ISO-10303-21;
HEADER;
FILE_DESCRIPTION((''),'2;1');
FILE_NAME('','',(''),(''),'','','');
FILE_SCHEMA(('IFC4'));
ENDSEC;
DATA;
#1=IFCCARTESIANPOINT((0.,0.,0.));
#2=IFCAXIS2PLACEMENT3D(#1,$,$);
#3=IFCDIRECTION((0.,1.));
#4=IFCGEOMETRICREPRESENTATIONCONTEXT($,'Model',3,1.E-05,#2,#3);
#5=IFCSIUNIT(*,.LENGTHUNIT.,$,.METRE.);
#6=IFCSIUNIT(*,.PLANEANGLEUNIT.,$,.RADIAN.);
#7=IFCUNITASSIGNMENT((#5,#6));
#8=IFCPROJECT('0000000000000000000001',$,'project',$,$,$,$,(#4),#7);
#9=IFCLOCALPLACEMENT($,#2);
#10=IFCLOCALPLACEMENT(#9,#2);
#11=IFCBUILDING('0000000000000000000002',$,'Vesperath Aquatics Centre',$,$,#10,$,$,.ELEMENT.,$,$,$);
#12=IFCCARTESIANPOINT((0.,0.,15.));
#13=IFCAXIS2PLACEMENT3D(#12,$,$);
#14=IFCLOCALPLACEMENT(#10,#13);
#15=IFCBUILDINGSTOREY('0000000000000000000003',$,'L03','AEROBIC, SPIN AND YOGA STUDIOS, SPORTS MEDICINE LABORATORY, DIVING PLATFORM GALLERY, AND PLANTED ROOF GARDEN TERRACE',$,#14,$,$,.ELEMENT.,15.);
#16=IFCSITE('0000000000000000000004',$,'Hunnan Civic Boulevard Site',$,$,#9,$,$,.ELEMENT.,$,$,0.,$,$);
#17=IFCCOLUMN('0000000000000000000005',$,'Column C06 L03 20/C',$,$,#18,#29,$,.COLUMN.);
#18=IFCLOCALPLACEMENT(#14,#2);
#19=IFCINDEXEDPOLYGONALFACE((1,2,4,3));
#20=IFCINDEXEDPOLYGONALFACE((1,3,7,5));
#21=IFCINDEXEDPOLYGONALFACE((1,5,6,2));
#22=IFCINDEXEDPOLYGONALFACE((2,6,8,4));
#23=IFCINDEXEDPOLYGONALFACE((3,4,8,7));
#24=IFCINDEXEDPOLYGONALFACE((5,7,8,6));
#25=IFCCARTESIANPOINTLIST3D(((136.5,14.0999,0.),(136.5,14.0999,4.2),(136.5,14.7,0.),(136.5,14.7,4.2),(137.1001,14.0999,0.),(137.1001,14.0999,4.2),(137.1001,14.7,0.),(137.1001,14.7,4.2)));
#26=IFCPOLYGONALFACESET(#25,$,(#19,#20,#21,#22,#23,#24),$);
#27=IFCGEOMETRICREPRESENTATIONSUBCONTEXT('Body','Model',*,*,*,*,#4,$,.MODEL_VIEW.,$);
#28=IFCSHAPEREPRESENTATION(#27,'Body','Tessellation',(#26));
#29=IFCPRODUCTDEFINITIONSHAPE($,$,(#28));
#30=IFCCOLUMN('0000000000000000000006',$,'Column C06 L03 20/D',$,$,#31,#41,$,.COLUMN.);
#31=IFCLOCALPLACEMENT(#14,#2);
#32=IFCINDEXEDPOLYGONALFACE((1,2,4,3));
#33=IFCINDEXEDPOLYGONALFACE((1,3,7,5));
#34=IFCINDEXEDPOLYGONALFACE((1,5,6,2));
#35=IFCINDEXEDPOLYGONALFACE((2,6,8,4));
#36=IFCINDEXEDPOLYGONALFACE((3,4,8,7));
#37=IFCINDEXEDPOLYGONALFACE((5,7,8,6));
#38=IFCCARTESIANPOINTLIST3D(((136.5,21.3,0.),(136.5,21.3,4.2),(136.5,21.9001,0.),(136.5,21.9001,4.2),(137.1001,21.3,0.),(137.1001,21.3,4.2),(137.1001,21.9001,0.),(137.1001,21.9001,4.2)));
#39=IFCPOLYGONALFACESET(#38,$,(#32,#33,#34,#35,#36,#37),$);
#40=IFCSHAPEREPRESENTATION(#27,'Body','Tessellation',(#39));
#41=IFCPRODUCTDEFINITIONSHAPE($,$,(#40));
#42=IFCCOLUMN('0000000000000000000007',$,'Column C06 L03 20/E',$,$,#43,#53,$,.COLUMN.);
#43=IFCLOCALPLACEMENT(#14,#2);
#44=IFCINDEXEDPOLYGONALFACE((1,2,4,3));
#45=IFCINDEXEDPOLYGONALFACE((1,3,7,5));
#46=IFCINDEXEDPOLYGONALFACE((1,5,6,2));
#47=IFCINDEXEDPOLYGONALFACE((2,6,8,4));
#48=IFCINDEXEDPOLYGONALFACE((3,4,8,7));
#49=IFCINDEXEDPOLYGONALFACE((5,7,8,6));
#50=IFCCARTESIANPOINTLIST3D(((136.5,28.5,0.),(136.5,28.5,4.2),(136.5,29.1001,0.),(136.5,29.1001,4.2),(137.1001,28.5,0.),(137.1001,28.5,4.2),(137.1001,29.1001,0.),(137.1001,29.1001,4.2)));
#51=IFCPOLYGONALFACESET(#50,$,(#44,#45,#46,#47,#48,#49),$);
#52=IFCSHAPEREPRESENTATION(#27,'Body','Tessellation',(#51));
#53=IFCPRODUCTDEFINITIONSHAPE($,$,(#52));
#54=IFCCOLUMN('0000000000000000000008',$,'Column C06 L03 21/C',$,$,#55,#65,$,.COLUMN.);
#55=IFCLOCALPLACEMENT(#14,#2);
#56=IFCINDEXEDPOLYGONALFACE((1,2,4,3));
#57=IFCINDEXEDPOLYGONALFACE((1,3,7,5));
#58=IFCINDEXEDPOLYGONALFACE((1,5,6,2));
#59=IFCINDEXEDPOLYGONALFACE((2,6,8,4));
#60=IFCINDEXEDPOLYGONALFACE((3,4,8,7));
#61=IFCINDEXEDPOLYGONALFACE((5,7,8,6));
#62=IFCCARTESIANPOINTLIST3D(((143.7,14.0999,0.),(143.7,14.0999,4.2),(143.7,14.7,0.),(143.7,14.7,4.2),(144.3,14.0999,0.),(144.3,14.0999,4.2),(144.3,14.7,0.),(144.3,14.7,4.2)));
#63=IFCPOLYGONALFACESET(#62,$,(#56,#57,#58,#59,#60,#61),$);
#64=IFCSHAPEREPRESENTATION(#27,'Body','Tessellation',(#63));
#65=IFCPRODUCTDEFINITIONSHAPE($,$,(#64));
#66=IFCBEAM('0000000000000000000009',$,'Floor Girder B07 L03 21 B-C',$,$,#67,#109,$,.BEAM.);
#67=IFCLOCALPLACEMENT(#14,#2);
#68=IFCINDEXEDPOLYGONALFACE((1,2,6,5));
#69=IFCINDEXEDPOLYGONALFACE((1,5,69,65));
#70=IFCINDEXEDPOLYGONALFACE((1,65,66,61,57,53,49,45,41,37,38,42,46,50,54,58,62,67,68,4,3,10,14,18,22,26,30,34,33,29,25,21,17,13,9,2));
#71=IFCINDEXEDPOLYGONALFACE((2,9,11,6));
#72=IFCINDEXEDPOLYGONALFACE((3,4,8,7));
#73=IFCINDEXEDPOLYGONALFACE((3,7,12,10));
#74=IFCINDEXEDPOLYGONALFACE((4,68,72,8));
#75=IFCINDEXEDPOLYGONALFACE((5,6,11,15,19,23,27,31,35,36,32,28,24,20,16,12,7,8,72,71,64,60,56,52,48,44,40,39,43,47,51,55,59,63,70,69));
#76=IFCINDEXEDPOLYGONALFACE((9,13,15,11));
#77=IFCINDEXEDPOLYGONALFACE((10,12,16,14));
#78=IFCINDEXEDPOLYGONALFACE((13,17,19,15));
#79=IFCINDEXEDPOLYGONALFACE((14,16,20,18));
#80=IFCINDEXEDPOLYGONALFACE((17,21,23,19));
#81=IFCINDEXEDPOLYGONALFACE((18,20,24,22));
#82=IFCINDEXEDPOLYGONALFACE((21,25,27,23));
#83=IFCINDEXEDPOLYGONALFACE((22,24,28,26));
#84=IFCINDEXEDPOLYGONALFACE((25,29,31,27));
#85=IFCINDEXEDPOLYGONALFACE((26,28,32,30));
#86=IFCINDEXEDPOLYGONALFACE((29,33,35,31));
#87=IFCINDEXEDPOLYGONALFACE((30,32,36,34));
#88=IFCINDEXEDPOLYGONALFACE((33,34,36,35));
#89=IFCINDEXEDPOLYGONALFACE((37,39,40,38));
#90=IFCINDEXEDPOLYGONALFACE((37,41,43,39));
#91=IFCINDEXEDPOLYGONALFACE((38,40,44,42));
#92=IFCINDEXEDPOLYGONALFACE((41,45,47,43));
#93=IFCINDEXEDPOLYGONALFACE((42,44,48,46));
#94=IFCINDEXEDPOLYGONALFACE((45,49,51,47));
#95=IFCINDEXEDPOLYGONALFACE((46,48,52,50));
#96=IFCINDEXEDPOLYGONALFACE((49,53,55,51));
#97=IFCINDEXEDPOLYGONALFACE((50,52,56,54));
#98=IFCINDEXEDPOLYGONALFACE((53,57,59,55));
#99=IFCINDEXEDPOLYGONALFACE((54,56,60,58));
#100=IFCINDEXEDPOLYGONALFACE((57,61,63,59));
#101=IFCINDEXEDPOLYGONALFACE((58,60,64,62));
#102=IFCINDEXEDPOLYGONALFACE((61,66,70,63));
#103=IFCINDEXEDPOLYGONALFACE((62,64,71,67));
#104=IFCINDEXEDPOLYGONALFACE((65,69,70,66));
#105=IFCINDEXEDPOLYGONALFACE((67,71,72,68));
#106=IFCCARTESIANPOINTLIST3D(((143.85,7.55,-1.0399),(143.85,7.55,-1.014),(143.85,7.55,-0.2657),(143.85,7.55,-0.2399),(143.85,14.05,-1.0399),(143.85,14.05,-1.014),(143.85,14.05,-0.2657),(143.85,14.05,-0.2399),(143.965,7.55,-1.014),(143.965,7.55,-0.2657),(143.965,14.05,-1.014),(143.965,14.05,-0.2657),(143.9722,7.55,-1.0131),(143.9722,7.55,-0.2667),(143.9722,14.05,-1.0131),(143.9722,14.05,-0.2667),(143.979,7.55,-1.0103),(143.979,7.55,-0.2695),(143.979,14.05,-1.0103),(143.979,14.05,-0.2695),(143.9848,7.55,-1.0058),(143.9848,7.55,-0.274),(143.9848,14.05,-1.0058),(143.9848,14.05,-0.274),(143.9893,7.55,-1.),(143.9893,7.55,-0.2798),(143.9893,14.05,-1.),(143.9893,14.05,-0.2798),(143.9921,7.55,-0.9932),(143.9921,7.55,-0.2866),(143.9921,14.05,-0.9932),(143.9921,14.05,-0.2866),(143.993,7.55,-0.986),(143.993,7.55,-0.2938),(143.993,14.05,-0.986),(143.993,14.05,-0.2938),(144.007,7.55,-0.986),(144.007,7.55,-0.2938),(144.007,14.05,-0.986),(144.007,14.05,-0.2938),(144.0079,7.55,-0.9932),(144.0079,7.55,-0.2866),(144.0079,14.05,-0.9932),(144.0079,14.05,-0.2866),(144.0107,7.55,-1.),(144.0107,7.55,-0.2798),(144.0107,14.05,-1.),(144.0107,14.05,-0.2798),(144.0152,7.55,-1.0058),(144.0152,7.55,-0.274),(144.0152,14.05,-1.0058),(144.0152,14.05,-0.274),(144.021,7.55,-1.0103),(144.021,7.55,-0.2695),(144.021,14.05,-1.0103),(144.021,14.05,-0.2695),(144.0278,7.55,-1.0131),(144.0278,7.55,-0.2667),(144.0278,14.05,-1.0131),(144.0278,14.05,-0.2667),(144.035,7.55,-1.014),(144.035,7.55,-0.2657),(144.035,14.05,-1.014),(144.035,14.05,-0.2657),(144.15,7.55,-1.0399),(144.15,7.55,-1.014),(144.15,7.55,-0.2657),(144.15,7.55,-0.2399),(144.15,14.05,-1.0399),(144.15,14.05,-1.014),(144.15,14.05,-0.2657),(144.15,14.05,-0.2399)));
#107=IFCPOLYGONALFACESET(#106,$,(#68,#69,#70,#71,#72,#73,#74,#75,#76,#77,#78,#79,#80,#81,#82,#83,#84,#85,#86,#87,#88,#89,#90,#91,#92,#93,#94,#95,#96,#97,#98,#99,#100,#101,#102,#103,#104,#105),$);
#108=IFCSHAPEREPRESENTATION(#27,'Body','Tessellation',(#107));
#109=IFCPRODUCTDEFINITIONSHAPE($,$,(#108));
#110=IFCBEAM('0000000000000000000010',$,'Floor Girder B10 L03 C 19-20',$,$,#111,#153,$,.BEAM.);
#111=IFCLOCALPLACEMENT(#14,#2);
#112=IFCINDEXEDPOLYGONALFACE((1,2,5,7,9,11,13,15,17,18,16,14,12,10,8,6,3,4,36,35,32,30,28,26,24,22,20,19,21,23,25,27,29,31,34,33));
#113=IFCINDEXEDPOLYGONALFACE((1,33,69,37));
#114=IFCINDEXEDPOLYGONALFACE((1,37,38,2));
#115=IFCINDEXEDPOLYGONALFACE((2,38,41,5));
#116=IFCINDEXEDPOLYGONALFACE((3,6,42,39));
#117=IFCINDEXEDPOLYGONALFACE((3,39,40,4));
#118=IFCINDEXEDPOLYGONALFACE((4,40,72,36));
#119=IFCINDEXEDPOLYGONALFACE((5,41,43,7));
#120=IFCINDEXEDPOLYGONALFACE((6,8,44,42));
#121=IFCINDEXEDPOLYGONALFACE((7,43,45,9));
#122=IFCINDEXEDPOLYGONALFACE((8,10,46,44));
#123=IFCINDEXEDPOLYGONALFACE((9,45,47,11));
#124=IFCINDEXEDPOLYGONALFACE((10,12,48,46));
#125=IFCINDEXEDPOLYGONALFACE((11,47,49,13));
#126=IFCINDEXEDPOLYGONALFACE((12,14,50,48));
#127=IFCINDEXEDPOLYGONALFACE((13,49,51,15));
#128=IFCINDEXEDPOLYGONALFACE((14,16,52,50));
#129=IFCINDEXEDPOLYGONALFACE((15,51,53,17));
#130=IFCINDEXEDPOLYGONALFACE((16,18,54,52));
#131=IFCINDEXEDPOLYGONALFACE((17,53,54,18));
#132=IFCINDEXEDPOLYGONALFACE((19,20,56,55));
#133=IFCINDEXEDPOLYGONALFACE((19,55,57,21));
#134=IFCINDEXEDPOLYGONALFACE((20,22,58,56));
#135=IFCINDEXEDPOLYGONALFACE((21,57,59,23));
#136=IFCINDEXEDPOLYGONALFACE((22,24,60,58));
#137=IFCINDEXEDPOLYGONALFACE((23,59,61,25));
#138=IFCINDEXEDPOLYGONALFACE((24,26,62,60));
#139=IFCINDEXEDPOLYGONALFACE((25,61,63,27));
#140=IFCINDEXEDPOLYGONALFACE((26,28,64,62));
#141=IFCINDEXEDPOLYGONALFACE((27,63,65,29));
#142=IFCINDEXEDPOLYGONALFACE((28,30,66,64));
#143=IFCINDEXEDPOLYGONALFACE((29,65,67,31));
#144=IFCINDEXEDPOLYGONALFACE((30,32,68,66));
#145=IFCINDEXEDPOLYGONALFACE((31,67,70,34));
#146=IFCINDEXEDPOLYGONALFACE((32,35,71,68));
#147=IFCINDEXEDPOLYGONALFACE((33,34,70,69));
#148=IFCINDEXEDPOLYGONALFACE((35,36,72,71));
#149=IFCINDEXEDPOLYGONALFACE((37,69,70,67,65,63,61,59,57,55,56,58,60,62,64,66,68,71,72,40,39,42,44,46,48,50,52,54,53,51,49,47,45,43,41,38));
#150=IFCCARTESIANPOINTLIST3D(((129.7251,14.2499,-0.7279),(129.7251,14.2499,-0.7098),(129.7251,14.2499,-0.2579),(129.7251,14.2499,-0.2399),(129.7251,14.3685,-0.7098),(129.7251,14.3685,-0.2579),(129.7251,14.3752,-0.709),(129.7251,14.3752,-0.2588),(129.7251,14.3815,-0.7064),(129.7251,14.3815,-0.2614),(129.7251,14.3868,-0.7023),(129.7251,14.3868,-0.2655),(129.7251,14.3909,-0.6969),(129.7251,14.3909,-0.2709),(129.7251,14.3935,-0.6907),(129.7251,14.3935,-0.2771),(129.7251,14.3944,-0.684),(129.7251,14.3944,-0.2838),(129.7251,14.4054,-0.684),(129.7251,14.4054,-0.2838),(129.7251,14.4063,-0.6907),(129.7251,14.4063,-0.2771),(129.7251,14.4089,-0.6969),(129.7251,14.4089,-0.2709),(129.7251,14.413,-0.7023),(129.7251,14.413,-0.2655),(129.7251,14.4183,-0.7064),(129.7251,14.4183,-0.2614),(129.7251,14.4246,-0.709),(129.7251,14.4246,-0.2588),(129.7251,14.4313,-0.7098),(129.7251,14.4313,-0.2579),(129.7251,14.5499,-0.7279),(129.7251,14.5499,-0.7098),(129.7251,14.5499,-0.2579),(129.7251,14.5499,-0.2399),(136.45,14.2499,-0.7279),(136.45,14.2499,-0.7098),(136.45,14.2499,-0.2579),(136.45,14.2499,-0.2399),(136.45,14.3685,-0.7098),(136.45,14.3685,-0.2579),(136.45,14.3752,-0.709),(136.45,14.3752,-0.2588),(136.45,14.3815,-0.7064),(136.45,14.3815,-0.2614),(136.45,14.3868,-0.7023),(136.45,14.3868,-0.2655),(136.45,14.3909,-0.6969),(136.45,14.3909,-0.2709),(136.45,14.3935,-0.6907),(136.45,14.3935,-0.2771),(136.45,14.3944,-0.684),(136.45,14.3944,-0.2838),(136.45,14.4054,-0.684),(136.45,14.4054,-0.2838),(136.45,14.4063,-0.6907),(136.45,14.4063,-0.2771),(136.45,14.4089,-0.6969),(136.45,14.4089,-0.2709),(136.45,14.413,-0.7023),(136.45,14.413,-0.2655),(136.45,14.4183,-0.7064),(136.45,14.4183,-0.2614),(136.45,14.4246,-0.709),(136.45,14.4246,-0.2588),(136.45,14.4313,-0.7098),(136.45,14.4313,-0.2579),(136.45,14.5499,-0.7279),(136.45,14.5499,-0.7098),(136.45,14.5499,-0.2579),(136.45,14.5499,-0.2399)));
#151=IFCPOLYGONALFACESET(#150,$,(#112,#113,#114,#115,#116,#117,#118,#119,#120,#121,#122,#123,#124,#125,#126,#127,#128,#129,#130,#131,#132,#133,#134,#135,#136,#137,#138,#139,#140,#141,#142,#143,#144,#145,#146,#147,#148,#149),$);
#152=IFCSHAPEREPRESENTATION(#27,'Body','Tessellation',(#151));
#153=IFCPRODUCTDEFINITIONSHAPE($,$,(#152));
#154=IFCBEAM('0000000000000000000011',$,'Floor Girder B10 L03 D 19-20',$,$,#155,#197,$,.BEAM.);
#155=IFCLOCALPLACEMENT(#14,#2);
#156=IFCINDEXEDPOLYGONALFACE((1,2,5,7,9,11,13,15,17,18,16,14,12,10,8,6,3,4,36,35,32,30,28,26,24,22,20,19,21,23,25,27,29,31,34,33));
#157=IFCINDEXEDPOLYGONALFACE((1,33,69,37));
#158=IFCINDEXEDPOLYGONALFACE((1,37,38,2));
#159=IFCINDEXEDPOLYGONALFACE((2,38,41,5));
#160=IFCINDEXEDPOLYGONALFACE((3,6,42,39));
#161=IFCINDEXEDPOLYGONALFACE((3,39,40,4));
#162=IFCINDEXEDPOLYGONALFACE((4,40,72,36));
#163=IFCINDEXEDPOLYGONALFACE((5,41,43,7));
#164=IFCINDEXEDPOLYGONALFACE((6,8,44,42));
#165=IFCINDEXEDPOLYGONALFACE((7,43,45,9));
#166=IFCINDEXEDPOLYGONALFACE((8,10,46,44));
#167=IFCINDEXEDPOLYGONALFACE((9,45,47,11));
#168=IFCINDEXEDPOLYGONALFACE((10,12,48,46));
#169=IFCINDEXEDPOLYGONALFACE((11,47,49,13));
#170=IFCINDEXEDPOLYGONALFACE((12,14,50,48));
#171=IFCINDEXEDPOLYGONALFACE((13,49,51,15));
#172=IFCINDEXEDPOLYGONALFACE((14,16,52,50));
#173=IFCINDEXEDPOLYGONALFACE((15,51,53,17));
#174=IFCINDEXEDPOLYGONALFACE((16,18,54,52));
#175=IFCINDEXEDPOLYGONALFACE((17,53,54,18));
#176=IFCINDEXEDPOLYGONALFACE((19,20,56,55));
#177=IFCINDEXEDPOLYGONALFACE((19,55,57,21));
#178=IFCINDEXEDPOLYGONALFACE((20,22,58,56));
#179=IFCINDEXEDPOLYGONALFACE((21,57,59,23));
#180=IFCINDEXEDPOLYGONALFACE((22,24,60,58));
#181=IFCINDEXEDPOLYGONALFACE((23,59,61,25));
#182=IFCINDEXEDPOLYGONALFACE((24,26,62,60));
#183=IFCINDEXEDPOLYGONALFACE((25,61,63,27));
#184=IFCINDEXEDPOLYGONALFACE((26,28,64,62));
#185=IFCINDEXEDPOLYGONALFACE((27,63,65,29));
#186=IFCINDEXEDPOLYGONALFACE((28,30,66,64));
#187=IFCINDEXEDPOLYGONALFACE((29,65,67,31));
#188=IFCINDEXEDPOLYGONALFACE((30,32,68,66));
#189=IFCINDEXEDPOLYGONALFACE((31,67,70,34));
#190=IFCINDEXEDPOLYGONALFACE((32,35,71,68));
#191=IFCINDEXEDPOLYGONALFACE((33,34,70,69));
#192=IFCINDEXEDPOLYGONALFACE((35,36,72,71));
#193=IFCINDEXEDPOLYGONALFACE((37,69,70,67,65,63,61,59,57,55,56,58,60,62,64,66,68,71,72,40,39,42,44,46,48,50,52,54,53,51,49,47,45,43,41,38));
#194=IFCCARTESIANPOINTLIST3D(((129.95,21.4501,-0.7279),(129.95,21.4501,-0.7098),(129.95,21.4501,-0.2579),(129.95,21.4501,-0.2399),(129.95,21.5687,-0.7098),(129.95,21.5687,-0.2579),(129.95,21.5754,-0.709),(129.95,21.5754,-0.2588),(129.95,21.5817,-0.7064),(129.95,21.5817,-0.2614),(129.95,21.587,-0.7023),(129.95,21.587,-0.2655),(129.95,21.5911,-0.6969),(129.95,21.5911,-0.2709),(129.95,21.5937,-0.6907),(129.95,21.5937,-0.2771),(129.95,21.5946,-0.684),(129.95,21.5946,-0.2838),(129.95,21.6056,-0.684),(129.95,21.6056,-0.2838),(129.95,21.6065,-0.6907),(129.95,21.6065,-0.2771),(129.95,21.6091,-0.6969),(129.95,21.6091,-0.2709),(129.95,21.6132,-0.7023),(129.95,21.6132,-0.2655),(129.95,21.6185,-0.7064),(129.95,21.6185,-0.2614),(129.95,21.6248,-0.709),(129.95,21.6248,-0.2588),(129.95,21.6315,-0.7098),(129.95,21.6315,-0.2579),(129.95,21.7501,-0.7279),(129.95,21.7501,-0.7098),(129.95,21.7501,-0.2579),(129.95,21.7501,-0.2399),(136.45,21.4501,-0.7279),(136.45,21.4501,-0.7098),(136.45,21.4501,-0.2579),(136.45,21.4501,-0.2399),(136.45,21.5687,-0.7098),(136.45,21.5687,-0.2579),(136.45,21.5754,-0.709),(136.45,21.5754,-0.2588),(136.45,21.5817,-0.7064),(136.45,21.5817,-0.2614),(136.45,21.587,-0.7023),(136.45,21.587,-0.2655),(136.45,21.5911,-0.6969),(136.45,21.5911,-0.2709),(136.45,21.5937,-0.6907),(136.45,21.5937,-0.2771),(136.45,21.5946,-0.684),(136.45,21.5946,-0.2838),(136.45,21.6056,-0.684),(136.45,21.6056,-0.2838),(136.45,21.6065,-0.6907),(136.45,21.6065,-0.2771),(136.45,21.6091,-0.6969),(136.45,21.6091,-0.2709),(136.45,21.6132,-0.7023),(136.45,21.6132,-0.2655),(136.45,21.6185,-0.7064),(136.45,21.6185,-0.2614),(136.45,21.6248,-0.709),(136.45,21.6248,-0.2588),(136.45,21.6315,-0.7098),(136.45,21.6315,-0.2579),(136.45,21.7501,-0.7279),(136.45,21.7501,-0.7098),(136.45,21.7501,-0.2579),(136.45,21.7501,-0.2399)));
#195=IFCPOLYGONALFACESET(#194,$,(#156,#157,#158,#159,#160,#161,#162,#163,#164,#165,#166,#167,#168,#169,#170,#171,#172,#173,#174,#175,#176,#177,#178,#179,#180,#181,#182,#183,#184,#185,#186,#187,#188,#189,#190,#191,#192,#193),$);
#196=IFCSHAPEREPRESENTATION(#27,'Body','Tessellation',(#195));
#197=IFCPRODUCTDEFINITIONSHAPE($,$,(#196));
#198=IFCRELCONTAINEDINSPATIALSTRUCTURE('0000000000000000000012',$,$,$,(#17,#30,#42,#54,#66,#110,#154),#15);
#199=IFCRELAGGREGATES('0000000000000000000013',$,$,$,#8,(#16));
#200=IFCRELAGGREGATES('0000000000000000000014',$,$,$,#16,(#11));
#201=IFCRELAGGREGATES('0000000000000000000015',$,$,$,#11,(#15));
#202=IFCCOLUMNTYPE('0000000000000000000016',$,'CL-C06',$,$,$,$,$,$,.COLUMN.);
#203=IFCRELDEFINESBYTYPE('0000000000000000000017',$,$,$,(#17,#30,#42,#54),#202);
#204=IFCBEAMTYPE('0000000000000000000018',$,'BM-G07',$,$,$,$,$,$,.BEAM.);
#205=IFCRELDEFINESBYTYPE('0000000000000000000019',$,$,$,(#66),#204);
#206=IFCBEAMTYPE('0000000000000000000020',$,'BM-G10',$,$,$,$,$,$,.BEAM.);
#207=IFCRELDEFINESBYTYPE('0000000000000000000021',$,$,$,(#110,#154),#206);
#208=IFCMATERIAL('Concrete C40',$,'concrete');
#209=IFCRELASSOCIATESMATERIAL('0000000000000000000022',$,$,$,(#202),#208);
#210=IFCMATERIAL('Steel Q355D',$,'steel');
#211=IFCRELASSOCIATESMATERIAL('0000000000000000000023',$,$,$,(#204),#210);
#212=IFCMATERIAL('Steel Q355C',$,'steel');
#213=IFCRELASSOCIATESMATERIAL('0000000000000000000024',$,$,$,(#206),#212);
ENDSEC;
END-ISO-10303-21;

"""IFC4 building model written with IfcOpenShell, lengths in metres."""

from ifc_helpers import new_model, si_unit, direction, frame, origin, origin_2d, place, context, subcontext, project, spatial, rectangle, i_section, extrude, material, material_profile, profile_set, type_object, element, save


model = new_model("IFC4")

# Units and contexts
model_context = context("Model", 3, precision=1e-05, world=origin(), true_north=direction((0.0, 1.0)))
body_context = subcontext(model_context, "Body", "Model", "MODEL_VIEW")
ifc_project = project(units=[si_unit("LENGTHUNIT", "METRE"), si_unit("PLANEANGLEUNIT", "RADIAN")], contexts=[model_context])

# Site, building, storey
site_placement = place(None, origin())
site = spatial("IfcSite", under=ifc_project, at=site_placement, Name="Hunnan Civic Boulevard Site", CompositionType="ELEMENT", RefElevation=0.0)
building_placement = place(site_placement, origin())
building = spatial("IfcBuilding", under=site, at=building_placement, Name="Vesperath Aquatics Centre", CompositionType="ELEMENT")
storey_placement = place(building_placement, frame((0.0, 0.0, 15.0)))
storey = spatial("IfcBuildingStorey", under=building, at=storey_placement, Name="L03", Description="AEROBIC, SPIN AND YOGA STUDIOS, SPORTS MEDICINE LABORATORY, DIVING PLATFORM GALLERY, AND PLANTED ROOF GARDEN TERRACE", CompositionType="ELEMENT", Elevation=15.0)

# Columns
ifc_material_1 = material(Name="Concrete C40", Category="concrete")
ifc_material_profile_1 = material_profile(ifc_material_1, rectangle(XDim=0.6001, YDim=0.6001, at=origin_2d()), Name="RC 600x600")
ifc_profile_set_1 = profile_set([ifc_material_profile_1], Name="Concrete C40")
column_type = type_object("IfcColumnType", Name="CL-C06", PredefinedType="COLUMN", material=ifc_profile_set_1)
for number, where, z_axis, x_axis, name in (
    (1, (136.8, 14.3999, 0.0), (0.0, 0.0, 1.0), (1.0, 0.0, 0.0), "Column C06 L03 20/C"),
    (2, (136.8, 21.6001, 0.0), (0.0, 0.0, 1.0), (1.0, 0.0, 0.0), "Column C06 L03 20/D"),
    (3, (136.8, 28.8, 0.0), (0.0, 0.0, 1.0), (1.0, 0.0, 0.0), "Column C06 L03 20/E"),
    (4, (144.0, 14.3999, 0.0), (0.0, 0.0, 1.0), (1.0, 0.0, 0.0), "Column C06 L03 21/C"),
):
    element("IfcColumn", number, at=place(storey_placement, frame(where, z_axis=z_axis, x_axis=x_axis)), inside=storey, type_object=column_type, Name=name, PredefinedType="COLUMN", context=body_context, shape_type="SweptSolid", body=[
        extrude(rectangle(XDim=0.6001, YDim=0.6001, at=origin_2d()), origin(), (0.0, 0.0, 1.0), 4.2),
    ])

# Beams
ifc_material_2 = material(Name="Steel Q355D", Category="steel")
ifc_material_profile_2 = material_profile(ifc_material_2, i_section(OverallWidth=0.3, OverallDepth=0.8, WebThickness=0.0139, FlangeThickness=0.0259, FilletRadius=0.0281, at=origin_2d()), Name="HN 800x300x14x26")
ifc_profile_set_2 = profile_set([ifc_material_profile_2], Name="Steel Q355D")
beam_type_1 = type_object("IfcBeamType", Name="BM-G07", PredefinedType="BEAM", material=ifc_profile_set_2)
beam_1_placement = place(storey_placement, frame((144.0, 7.55, -0.6399), z_axis=(0.0, 1.0, 0.0), x_axis=(-1.0, 0.0, 0.0)))
element("IfcBeam", 5, at=beam_1_placement, inside=storey, type_object=beam_type_1, Name="Floor Girder B07 L03 21 B-C", PredefinedType="BEAM", context=body_context, shape_type="SweptSolid", body=[
    extrude(i_section(OverallWidth=0.3, OverallDepth=0.8, WebThickness=0.0139, FlangeThickness=0.0259, FilletRadius=0.0281, at=origin_2d()), origin(), (0.0, 0.0, 1.0), 6.5),
])
ifc_material_3 = material(Name="Steel Q355C", Category="steel")
ifc_material_profile_3 = material_profile(ifc_material_3, i_section(OverallWidth=0.3, OverallDepth=0.488, WebThickness=0.011, FlangeThickness=0.0181, FilletRadius=0.0259, at=origin_2d()), Name="HM 488x300x11x18")
ifc_profile_set_3 = profile_set([ifc_material_profile_3], Name="Steel Q355C")
beam_type_2 = type_object("IfcBeamType", Name="BM-G10", PredefinedType="BEAM", material=ifc_profile_set_3)
beam_2_placement = place(storey_placement, frame((129.7251, 14.3999, -0.4839), z_axis=(1.0, 0.0, 0.0), x_axis=(0.0, 1.0, 0.0)))
element("IfcBeam", 6, at=beam_2_placement, inside=storey, type_object=beam_type_2, Name="Floor Girder B10 L03 C 19-20", PredefinedType="BEAM", context=body_context, shape_type="SweptSolid", body=[
    extrude(i_section(OverallWidth=0.3, OverallDepth=0.488, WebThickness=0.011, FlangeThickness=0.0181, FilletRadius=0.0259, at=origin_2d()), origin(), (0.0, 0.0, 1.0), 6.7249),
])
for number, where, z_axis, x_axis, name in (
    (7, (129.95, 21.6001, -0.4839), (1.0, 0.0, 0.0), (0.0, 1.0, 0.0), "Floor Girder B10 L03 D 19-20"),
):
    element("IfcBeam", number, at=place(storey_placement, frame(where, z_axis=z_axis, x_axis=x_axis)), inside=storey, type_object=beam_type_2, Name=name, PredefinedType="BEAM", context=body_context, shape_type="SweptSolid", body=[
        extrude(i_section(OverallWidth=0.3, OverallDepth=0.488, WebThickness=0.011, FlangeThickness=0.0181, FilletRadius=0.0259, at=origin_2d()), origin(), (0.0, 0.0, 1.0), 6.5),
    ])

save(model, "model.ifc")
